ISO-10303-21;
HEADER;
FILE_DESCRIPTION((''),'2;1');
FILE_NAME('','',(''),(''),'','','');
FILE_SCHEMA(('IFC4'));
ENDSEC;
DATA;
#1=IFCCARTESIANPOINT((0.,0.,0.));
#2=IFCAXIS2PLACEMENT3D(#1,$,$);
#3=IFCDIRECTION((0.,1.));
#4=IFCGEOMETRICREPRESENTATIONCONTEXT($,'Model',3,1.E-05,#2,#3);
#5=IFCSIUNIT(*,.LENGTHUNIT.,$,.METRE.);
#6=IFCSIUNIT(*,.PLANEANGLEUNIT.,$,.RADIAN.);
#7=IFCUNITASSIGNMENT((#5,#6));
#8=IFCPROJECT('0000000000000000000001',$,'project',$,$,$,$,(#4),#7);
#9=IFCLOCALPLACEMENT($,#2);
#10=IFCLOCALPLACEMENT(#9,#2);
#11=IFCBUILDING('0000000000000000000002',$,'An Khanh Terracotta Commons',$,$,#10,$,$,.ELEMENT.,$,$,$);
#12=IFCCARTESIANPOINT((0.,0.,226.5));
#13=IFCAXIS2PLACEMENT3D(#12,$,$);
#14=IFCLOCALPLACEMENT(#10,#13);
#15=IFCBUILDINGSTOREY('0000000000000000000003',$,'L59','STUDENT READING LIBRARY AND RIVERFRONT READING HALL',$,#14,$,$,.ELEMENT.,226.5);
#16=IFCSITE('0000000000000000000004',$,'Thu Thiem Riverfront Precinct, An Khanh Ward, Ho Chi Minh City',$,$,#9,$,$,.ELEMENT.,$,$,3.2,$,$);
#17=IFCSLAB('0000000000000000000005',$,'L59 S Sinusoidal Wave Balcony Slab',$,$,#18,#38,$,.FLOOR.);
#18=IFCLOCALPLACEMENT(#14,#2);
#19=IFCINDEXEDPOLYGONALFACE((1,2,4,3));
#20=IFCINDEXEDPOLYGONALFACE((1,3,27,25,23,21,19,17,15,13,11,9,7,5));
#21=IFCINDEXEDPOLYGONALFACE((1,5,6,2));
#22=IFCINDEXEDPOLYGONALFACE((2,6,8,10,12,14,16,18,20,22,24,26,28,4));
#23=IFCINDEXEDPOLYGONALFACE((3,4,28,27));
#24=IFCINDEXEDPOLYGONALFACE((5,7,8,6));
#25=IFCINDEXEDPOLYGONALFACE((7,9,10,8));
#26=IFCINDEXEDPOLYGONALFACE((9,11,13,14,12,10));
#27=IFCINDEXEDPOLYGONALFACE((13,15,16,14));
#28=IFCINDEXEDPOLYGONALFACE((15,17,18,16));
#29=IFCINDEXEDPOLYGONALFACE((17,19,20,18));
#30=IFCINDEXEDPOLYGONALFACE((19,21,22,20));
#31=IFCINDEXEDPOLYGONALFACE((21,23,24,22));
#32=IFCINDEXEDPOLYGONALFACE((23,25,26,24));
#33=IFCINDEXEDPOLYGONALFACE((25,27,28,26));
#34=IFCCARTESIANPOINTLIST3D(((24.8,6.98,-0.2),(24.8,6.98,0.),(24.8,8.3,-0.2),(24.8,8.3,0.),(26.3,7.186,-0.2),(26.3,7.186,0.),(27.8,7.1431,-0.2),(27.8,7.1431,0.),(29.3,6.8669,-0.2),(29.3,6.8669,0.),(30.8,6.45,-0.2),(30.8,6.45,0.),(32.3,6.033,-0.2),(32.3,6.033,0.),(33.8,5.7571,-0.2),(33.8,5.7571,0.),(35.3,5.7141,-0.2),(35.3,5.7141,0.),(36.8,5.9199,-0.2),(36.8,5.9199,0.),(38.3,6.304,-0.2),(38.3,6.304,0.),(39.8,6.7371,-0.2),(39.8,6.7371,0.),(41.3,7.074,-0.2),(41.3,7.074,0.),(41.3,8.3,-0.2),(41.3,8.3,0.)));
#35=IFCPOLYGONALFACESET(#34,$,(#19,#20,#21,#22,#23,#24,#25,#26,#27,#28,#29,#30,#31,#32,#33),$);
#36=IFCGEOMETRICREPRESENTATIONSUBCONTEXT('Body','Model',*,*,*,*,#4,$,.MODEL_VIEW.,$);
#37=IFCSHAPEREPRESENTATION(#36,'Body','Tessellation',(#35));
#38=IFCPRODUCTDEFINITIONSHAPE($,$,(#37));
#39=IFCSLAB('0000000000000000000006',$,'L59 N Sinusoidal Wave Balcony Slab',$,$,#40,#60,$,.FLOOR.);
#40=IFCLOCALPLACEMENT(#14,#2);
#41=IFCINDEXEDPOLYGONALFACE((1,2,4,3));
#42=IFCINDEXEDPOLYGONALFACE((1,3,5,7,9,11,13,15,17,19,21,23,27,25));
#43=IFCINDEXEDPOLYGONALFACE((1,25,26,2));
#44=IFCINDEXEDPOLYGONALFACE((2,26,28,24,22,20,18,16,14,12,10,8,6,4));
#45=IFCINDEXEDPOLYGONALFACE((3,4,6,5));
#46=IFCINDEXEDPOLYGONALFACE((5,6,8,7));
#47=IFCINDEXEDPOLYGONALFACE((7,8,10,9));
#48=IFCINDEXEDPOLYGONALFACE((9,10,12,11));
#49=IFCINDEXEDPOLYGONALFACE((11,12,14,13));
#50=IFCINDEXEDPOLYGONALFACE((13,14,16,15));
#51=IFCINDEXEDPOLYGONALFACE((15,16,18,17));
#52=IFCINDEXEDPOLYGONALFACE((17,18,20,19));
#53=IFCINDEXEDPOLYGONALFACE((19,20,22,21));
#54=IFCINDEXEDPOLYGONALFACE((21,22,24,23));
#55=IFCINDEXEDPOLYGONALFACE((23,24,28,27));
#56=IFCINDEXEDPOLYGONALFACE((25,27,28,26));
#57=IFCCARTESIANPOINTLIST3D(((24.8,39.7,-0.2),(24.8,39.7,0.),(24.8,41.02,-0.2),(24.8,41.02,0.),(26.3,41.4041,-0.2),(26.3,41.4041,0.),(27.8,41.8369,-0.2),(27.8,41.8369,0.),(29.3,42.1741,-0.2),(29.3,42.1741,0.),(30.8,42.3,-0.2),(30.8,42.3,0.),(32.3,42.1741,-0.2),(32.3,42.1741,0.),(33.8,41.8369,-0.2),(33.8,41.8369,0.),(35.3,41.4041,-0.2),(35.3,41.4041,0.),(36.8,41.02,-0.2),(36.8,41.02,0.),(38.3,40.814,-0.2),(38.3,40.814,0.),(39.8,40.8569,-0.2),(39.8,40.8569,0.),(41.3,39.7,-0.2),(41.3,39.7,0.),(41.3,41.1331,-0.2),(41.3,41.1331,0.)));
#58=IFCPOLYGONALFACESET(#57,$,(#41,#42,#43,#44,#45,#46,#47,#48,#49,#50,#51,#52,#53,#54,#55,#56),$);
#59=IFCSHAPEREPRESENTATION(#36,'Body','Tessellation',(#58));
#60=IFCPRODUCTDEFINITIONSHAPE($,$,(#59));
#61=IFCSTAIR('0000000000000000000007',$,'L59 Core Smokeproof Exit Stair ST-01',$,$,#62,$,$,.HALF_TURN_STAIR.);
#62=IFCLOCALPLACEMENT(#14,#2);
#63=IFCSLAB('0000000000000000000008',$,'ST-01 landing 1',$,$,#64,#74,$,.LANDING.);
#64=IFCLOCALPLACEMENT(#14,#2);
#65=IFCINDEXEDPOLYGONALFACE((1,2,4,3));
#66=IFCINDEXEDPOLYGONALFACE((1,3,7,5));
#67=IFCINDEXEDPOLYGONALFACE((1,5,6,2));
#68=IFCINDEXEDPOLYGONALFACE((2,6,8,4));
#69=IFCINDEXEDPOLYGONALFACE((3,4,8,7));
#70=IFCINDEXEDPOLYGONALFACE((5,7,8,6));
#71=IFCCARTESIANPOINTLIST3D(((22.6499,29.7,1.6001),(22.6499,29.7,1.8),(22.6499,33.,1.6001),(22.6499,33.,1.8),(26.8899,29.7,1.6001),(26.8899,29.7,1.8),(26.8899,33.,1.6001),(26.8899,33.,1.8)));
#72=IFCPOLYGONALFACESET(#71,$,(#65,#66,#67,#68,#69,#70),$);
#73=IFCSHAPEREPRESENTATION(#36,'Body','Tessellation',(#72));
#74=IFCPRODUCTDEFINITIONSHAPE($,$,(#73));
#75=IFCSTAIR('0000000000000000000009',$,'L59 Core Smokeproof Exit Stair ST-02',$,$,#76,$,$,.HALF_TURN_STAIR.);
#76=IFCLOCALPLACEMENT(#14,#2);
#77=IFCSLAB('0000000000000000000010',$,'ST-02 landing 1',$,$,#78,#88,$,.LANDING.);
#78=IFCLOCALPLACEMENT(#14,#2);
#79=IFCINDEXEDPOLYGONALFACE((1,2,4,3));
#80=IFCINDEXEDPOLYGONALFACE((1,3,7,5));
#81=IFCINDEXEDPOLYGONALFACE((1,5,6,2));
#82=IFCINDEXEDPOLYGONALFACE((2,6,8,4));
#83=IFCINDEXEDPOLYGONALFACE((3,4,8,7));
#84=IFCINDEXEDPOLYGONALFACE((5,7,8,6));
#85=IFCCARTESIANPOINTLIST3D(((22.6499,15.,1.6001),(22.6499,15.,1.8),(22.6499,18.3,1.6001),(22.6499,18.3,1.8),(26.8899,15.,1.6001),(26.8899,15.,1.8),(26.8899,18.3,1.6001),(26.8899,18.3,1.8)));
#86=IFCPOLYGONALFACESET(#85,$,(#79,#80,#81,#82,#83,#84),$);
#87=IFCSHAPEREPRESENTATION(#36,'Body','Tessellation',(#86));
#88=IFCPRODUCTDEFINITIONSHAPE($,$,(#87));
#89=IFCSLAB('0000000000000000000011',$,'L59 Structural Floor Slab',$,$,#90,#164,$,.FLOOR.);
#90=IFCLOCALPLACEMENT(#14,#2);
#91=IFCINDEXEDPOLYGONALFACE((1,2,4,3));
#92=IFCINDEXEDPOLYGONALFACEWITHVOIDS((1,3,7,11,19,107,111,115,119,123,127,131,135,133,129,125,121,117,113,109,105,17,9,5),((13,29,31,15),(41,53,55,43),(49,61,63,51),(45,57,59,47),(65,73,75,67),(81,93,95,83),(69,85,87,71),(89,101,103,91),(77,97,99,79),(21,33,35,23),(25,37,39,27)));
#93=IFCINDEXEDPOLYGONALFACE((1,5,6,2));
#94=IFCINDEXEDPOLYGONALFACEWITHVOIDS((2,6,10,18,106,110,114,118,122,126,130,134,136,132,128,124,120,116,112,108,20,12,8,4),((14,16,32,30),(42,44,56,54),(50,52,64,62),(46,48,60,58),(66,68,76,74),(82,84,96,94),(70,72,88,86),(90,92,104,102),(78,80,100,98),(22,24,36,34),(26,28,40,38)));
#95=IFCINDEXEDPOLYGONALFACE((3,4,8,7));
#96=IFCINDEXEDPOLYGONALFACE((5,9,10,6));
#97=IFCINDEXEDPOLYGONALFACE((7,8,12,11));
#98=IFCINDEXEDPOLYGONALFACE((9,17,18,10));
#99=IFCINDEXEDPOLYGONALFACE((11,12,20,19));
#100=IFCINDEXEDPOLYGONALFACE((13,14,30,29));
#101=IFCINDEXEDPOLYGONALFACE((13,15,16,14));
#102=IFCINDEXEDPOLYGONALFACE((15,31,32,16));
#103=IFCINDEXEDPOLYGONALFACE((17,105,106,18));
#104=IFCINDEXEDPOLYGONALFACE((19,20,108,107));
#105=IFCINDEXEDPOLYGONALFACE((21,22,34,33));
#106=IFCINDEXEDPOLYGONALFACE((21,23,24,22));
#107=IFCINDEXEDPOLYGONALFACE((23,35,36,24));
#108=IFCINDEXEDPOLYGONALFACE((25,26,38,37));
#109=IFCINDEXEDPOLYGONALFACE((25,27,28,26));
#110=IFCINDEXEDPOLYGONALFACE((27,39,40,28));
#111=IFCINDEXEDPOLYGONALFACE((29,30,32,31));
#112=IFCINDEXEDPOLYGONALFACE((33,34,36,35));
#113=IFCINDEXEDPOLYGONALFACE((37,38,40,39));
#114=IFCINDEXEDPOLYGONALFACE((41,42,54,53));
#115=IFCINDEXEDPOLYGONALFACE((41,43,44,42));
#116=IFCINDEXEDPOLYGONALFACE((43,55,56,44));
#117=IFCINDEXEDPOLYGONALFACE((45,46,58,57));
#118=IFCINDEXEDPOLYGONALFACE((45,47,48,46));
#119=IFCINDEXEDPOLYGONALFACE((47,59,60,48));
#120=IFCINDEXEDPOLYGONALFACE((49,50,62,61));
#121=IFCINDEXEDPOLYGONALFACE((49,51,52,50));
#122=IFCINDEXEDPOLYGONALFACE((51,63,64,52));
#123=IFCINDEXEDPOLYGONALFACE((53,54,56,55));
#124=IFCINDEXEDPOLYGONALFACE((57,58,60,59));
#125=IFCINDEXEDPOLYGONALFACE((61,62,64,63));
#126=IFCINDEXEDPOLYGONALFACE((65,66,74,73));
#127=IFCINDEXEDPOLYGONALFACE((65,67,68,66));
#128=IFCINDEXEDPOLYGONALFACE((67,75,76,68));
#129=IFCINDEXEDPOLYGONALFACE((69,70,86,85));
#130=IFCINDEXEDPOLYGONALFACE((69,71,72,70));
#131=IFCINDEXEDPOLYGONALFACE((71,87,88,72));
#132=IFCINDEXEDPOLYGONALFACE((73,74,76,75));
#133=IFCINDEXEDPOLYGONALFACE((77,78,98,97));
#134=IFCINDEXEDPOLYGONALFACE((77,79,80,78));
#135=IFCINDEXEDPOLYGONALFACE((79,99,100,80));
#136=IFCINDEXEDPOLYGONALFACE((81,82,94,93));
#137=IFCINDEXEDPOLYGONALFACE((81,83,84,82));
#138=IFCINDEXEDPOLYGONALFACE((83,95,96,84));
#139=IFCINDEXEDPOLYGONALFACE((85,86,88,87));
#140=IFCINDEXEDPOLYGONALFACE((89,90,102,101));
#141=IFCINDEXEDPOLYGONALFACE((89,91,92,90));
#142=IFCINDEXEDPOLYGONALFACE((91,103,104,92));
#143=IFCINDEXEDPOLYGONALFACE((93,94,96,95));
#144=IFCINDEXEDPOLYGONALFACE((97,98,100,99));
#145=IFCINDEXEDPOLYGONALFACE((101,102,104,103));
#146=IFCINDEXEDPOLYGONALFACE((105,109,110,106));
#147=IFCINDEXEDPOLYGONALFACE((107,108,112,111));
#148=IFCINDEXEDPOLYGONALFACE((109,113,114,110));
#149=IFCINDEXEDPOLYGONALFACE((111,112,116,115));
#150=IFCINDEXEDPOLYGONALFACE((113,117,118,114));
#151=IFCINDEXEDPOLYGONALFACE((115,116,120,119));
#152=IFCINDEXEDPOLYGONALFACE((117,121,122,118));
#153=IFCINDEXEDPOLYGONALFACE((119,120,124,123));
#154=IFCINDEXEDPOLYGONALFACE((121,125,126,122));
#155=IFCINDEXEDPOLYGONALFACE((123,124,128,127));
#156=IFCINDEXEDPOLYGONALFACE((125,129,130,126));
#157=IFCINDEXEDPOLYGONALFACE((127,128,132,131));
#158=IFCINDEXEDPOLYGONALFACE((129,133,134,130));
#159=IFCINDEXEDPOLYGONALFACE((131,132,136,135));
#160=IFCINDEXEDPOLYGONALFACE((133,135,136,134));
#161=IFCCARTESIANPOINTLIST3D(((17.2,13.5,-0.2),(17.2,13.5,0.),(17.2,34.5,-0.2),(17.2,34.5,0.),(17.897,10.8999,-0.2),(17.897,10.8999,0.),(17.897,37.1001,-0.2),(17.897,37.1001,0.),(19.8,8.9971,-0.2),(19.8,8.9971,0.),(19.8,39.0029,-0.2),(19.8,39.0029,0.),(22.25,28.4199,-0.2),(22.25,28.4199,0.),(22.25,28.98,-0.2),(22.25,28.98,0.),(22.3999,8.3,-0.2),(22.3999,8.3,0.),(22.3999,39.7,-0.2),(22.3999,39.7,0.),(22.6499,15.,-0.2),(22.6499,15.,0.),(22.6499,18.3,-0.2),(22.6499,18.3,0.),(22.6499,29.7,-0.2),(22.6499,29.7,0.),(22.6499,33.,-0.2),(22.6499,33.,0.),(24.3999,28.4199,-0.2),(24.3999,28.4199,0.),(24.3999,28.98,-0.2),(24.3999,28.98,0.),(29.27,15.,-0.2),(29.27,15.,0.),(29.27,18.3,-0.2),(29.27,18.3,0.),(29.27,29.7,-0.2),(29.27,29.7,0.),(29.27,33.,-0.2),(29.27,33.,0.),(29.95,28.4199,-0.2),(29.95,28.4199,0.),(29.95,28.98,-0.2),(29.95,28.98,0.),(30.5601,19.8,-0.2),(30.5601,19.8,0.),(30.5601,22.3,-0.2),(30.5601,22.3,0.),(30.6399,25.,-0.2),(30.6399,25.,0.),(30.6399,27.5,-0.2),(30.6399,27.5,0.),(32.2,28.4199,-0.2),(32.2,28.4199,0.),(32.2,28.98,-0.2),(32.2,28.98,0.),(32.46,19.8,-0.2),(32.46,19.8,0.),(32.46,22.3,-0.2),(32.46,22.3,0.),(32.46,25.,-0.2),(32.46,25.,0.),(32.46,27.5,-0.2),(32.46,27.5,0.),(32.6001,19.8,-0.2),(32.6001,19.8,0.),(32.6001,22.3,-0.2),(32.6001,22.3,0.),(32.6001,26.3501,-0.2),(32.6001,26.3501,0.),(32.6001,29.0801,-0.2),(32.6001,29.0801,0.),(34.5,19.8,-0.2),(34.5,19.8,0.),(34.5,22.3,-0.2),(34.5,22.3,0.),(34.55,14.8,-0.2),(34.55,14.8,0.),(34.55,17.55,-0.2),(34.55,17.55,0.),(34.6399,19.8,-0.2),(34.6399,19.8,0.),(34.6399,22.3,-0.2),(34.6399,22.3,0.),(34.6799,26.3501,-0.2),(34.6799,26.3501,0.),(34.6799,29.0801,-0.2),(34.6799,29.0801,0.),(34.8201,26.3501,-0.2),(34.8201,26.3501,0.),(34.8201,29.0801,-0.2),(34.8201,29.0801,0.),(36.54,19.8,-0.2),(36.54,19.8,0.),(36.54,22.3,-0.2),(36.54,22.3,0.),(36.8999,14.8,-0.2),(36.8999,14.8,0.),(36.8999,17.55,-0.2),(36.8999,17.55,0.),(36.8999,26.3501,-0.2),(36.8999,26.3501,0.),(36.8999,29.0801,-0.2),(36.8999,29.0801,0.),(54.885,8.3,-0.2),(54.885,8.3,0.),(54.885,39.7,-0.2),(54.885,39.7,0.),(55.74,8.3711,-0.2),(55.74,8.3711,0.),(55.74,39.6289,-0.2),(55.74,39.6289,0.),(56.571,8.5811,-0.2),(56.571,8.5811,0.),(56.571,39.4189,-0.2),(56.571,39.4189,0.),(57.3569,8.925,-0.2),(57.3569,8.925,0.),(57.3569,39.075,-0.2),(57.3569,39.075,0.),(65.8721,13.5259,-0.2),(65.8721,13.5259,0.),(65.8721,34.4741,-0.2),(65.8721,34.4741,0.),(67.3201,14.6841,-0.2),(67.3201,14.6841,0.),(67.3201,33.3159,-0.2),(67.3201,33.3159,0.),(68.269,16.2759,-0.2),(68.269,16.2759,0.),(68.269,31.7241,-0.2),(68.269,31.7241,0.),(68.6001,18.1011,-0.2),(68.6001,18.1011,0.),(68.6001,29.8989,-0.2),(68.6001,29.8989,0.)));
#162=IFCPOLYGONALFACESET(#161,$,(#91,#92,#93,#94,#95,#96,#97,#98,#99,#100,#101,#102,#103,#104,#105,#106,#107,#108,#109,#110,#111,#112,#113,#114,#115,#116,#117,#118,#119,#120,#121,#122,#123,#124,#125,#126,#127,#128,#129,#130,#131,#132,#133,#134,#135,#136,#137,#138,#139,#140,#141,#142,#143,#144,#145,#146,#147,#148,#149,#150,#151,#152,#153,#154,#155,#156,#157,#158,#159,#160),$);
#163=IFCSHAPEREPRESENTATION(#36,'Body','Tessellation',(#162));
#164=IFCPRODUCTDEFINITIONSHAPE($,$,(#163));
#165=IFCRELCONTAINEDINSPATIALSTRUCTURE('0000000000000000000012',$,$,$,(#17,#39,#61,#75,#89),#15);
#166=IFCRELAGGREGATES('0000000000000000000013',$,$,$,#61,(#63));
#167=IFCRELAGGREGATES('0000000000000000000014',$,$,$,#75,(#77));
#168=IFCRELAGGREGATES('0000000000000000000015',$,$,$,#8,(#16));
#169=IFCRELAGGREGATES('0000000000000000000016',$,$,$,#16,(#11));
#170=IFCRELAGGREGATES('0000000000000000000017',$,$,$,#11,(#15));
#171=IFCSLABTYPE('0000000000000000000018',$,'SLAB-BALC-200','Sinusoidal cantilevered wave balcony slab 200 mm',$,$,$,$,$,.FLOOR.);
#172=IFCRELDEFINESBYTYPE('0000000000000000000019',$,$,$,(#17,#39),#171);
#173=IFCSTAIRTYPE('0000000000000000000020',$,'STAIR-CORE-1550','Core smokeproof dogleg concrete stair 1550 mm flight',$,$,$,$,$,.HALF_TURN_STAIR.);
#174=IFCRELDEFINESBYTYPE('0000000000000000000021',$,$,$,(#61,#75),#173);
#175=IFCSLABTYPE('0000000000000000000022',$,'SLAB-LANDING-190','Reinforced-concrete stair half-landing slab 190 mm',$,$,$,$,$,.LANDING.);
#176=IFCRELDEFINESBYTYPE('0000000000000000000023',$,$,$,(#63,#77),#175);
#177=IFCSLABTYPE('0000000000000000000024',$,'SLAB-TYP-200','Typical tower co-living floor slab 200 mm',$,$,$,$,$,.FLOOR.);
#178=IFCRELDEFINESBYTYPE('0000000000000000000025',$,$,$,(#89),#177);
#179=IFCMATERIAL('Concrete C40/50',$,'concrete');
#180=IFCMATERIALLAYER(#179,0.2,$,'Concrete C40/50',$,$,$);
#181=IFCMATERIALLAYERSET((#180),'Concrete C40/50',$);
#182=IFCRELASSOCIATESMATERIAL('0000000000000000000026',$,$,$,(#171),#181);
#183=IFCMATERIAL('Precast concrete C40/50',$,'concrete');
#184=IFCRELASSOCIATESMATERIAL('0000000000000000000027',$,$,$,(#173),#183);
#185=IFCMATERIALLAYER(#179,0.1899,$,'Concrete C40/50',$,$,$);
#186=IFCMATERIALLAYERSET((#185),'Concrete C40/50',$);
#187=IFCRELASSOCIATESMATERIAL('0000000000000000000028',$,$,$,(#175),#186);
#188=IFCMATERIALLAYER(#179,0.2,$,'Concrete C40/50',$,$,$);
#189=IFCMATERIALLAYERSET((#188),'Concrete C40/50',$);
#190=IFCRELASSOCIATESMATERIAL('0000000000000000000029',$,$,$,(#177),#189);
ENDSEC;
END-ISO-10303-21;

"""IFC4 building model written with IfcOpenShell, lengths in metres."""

from ifc_helpers import new_model, si_unit, direction, frame, origin, place, context, subcontext, project, spatial, polyline, outline, extrude, material, layer, layer_set, type_object, element, aggregate, save


model = new_model("IFC4")

# Units and contexts
model_context = context("Model", 3, precision=1e-05, world=origin(), true_north=direction((0.0, 1.0)))
body_context = subcontext(model_context, "Body", "Model", "MODEL_VIEW")
ifc_project = project(units=[si_unit("LENGTHUNIT", "METRE"), si_unit("PLANEANGLEUNIT", "RADIAN")], contexts=[model_context])

# Site, building, storey
site_placement = place(None, origin())
site = spatial("IfcSite", under=ifc_project, at=site_placement, Name="Thu Thiem Riverfront Precinct, An Khanh Ward, Ho Chi Minh City", CompositionType="ELEMENT", RefElevation=3.2)
building_placement = place(site_placement, origin())
building = spatial("IfcBuilding", under=site, at=building_placement, Name="An Khanh Terracotta Commons", CompositionType="ELEMENT")
storey_placement = place(building_placement, frame((0.0, 0.0, 226.5)))
storey = spatial("IfcBuildingStorey", under=building, at=storey_placement, Name="L59", Description="STUDENT READING LIBRARY AND RIVERFRONT READING HALL", CompositionType="ELEMENT", Elevation=226.5)

# Slabs
ifc_material_1 = material(Name="Concrete C40/50", Category="concrete")
ifc_layer_1 = layer(ifc_material_1, 0.2, Name="Concrete C40/50")
ifc_layer_set_1 = layer_set([ifc_layer_1], Name="Concrete C40/50")
slab_type_1 = type_object("IfcSlabType", Name="SLAB-BALC-200", Description="Sinusoidal cantilevered wave balcony slab 200 mm", PredefinedType="FLOOR", material=ifc_layer_set_1)
slab_1_placement = place(storey_placement, frame((0.0, 0.0, -0.2)))
element("IfcSlab", 1, at=slab_1_placement, inside=storey, type_object=slab_type_1, Name="L59 S Sinusoidal Wave Balcony Slab", PredefinedType="FLOOR", context=body_context, shape_type="SweptSolid", body=[
    extrude(outline(polyline([(24.8, 8.3), (24.8, 6.98), (26.3, 7.186), (27.8, 7.1431), (29.3, 6.8669), (30.8, 6.45), (32.3, 6.033), (33.8, 5.7571), (35.3, 5.7141), (36.8, 5.9199), (38.3, 6.304), (39.8, 6.7371), (41.3, 7.074), (41.3, 8.3), (24.8, 8.3)])), origin(), (0.0, 0.0, 1.0), 0.2),
])
slab_2_placement = place(storey_placement, frame((0.0, 0.0, -0.2)))
element("IfcSlab", 2, at=slab_2_placement, inside=storey, type_object=slab_type_1, Name="L59 N Sinusoidal Wave Balcony Slab", PredefinedType="FLOOR", context=body_context, shape_type="SweptSolid", body=[
    extrude(outline(polyline([(41.3, 39.7), (41.3, 41.1331), (39.8, 40.8569), (38.3, 40.814), (36.8, 41.02), (35.3, 41.4041), (33.8, 41.8369), (32.3, 42.1741), (30.8, 42.3), (29.3, 42.1741), (27.8, 41.8369), (26.3, 41.4041), (24.8, 41.02), (24.8, 39.7), (41.3, 39.7)])), origin(), (0.0, 0.0, 1.0), 0.2),
])

# Stairs, slabs
ifc_material_2 = material(Name="Precast concrete C40/50", Category="concrete")
stair_type = type_object("IfcStairType", Name="STAIR-CORE-1550", Description="Core smokeproof dogleg concrete stair 1550 mm flight", PredefinedType="HALF_TURN_STAIR", material=ifc_material_2)
stair_1_placement = place(storey_placement, origin())
stair_1 = element("IfcStair", 3, at=stair_1_placement, inside=storey, type_object=stair_type, Name="L59 Core Smokeproof Exit Stair ST-01", PredefinedType="HALF_TURN_STAIR")
ifc_layer_2 = layer(ifc_material_1, 0.1899, Name="Concrete C40/50")
ifc_layer_set_2 = layer_set([ifc_layer_2], Name="Concrete C40/50")
slab_type_2 = type_object("IfcSlabType", Name="SLAB-LANDING-190", Description="Reinforced-concrete stair half-landing slab 190 mm", PredefinedType="LANDING", material=ifc_layer_set_2)
slab_3_placement = place(storey_placement, frame((0.0, 0.0, 1.6001)))
slab_3 = element("IfcSlab", 4, at=slab_3_placement, type_object=slab_type_2, Name="ST-01 landing 1", PredefinedType="LANDING", context=body_context, shape_type="SweptSolid", body=[
    extrude(outline(polyline([(26.8899, 33.0), (22.6499, 33.0), (22.6499, 29.7), (26.8899, 29.7), (26.8899, 33.0)])), origin(), (0.0, 0.0, 1.0), 0.2),
])
aggregate(stair_1, [slab_3])
stair_2_placement = place(storey_placement, origin())
stair_2 = element("IfcStair", 5, at=stair_2_placement, inside=storey, type_object=stair_type, Name="L59 Core Smokeproof Exit Stair ST-02", PredefinedType="HALF_TURN_STAIR")
slab_4_placement = place(storey_placement, frame((0.0, 0.0, 1.6001)))
slab_4 = element("IfcSlab", 6, at=slab_4_placement, type_object=slab_type_2, Name="ST-02 landing 1", PredefinedType="LANDING", context=body_context, shape_type="SweptSolid", body=[
    extrude(outline(polyline([(26.8899, 18.3), (22.6499, 18.3), (22.6499, 15.0), (26.8899, 15.0), (26.8899, 18.3)])), origin(), (0.0, 0.0, 1.0), 0.2),
])
aggregate(stair_2, [slab_4])

# Slab
ifc_layer_3 = layer(ifc_material_1, 0.2, Name="Concrete C40/50")
ifc_layer_set_3 = layer_set([ifc_layer_3], Name="Concrete C40/50")
slab_type_3 = type_object("IfcSlabType", Name="SLAB-TYP-200", Description="Typical tower co-living floor slab 200 mm", PredefinedType="FLOOR", material=ifc_layer_set_3)
slab_5_placement = place(storey_placement, frame((0.0, 0.0, -0.2)))
element("IfcSlab", 7, at=slab_5_placement, inside=storey, type_object=slab_type_3, Name="L59 Structural Floor Slab", PredefinedType="FLOOR", context=body_context, shape_type="SweptSolid", body=[
    extrude(outline(polyline([(17.2, 13.5), (17.897, 10.8999), (19.8, 8.9971), (22.3999, 8.3), (54.885, 8.3), (55.74, 8.3711), (56.571, 8.5811), (57.3569, 8.925), (65.8721, 13.5259), (67.3201, 14.6841), (68.269, 16.2759), (68.6001, 18.1011), (68.6001, 29.8989), (68.269, 31.7241), (67.3201, 33.3159), (65.8721, 34.4741), (57.3569, 39.075), (56.571, 39.4189), (55.74, 39.6289), (54.885, 39.7), (22.3999, 39.7), (19.8, 39.0029), (17.897, 37.1001), (17.2, 34.5), (17.2, 13.5)]), holes=[polyline([(22.6499, 29.7), (29.27, 29.7), (29.27, 33.0), (22.6499, 33.0), (22.6499, 29.7)]), polyline([(22.6499, 15.0), (29.27, 15.0), (29.27, 18.3), (22.6499, 18.3), (22.6499, 15.0)]), polyline([(32.6001, 26.3501), (34.6799, 26.3501), (34.6799, 29.0801), (32.6001, 29.0801), (32.6001, 26.3501)]), polyline([(34.8201, 26.3501), (36.8999, 26.3501), (36.8999, 29.0801), (34.8201, 29.0801), (34.8201, 26.3501)]), polyline([(34.55, 14.8), (36.8999, 14.8), (36.8999, 17.55), (34.55, 17.55), (34.55, 14.8)]), polyline([(30.6399, 25.0), (32.46, 25.0), (32.46, 27.5), (30.6399, 27.5), (30.6399, 25.0)]), polyline([(30.5601, 19.8), (32.46, 19.8), (32.46, 22.3), (30.5601, 22.3), (30.5601, 19.8)]), polyline([(32.6001, 19.8), (34.5, 19.8), (34.5, 22.3), (32.6001, 22.3), (32.6001, 19.8)]), polyline([(34.6399, 19.8), (36.54, 19.8), (36.54, 22.3), (34.6399, 22.3), (34.6399, 19.8)]), polyline([(22.25, 28.4199), (24.3999, 28.4199), (24.3999, 28.98), (22.25, 28.98), (22.25, 28.4199)]), polyline([(29.95, 28.4199), (32.2, 28.4199), (32.2, 28.98), (29.95, 28.98), (29.95, 28.4199)])]), origin(), (0.0, 0.0, 1.0), 0.2),
])

save(model, "model.ifc")
